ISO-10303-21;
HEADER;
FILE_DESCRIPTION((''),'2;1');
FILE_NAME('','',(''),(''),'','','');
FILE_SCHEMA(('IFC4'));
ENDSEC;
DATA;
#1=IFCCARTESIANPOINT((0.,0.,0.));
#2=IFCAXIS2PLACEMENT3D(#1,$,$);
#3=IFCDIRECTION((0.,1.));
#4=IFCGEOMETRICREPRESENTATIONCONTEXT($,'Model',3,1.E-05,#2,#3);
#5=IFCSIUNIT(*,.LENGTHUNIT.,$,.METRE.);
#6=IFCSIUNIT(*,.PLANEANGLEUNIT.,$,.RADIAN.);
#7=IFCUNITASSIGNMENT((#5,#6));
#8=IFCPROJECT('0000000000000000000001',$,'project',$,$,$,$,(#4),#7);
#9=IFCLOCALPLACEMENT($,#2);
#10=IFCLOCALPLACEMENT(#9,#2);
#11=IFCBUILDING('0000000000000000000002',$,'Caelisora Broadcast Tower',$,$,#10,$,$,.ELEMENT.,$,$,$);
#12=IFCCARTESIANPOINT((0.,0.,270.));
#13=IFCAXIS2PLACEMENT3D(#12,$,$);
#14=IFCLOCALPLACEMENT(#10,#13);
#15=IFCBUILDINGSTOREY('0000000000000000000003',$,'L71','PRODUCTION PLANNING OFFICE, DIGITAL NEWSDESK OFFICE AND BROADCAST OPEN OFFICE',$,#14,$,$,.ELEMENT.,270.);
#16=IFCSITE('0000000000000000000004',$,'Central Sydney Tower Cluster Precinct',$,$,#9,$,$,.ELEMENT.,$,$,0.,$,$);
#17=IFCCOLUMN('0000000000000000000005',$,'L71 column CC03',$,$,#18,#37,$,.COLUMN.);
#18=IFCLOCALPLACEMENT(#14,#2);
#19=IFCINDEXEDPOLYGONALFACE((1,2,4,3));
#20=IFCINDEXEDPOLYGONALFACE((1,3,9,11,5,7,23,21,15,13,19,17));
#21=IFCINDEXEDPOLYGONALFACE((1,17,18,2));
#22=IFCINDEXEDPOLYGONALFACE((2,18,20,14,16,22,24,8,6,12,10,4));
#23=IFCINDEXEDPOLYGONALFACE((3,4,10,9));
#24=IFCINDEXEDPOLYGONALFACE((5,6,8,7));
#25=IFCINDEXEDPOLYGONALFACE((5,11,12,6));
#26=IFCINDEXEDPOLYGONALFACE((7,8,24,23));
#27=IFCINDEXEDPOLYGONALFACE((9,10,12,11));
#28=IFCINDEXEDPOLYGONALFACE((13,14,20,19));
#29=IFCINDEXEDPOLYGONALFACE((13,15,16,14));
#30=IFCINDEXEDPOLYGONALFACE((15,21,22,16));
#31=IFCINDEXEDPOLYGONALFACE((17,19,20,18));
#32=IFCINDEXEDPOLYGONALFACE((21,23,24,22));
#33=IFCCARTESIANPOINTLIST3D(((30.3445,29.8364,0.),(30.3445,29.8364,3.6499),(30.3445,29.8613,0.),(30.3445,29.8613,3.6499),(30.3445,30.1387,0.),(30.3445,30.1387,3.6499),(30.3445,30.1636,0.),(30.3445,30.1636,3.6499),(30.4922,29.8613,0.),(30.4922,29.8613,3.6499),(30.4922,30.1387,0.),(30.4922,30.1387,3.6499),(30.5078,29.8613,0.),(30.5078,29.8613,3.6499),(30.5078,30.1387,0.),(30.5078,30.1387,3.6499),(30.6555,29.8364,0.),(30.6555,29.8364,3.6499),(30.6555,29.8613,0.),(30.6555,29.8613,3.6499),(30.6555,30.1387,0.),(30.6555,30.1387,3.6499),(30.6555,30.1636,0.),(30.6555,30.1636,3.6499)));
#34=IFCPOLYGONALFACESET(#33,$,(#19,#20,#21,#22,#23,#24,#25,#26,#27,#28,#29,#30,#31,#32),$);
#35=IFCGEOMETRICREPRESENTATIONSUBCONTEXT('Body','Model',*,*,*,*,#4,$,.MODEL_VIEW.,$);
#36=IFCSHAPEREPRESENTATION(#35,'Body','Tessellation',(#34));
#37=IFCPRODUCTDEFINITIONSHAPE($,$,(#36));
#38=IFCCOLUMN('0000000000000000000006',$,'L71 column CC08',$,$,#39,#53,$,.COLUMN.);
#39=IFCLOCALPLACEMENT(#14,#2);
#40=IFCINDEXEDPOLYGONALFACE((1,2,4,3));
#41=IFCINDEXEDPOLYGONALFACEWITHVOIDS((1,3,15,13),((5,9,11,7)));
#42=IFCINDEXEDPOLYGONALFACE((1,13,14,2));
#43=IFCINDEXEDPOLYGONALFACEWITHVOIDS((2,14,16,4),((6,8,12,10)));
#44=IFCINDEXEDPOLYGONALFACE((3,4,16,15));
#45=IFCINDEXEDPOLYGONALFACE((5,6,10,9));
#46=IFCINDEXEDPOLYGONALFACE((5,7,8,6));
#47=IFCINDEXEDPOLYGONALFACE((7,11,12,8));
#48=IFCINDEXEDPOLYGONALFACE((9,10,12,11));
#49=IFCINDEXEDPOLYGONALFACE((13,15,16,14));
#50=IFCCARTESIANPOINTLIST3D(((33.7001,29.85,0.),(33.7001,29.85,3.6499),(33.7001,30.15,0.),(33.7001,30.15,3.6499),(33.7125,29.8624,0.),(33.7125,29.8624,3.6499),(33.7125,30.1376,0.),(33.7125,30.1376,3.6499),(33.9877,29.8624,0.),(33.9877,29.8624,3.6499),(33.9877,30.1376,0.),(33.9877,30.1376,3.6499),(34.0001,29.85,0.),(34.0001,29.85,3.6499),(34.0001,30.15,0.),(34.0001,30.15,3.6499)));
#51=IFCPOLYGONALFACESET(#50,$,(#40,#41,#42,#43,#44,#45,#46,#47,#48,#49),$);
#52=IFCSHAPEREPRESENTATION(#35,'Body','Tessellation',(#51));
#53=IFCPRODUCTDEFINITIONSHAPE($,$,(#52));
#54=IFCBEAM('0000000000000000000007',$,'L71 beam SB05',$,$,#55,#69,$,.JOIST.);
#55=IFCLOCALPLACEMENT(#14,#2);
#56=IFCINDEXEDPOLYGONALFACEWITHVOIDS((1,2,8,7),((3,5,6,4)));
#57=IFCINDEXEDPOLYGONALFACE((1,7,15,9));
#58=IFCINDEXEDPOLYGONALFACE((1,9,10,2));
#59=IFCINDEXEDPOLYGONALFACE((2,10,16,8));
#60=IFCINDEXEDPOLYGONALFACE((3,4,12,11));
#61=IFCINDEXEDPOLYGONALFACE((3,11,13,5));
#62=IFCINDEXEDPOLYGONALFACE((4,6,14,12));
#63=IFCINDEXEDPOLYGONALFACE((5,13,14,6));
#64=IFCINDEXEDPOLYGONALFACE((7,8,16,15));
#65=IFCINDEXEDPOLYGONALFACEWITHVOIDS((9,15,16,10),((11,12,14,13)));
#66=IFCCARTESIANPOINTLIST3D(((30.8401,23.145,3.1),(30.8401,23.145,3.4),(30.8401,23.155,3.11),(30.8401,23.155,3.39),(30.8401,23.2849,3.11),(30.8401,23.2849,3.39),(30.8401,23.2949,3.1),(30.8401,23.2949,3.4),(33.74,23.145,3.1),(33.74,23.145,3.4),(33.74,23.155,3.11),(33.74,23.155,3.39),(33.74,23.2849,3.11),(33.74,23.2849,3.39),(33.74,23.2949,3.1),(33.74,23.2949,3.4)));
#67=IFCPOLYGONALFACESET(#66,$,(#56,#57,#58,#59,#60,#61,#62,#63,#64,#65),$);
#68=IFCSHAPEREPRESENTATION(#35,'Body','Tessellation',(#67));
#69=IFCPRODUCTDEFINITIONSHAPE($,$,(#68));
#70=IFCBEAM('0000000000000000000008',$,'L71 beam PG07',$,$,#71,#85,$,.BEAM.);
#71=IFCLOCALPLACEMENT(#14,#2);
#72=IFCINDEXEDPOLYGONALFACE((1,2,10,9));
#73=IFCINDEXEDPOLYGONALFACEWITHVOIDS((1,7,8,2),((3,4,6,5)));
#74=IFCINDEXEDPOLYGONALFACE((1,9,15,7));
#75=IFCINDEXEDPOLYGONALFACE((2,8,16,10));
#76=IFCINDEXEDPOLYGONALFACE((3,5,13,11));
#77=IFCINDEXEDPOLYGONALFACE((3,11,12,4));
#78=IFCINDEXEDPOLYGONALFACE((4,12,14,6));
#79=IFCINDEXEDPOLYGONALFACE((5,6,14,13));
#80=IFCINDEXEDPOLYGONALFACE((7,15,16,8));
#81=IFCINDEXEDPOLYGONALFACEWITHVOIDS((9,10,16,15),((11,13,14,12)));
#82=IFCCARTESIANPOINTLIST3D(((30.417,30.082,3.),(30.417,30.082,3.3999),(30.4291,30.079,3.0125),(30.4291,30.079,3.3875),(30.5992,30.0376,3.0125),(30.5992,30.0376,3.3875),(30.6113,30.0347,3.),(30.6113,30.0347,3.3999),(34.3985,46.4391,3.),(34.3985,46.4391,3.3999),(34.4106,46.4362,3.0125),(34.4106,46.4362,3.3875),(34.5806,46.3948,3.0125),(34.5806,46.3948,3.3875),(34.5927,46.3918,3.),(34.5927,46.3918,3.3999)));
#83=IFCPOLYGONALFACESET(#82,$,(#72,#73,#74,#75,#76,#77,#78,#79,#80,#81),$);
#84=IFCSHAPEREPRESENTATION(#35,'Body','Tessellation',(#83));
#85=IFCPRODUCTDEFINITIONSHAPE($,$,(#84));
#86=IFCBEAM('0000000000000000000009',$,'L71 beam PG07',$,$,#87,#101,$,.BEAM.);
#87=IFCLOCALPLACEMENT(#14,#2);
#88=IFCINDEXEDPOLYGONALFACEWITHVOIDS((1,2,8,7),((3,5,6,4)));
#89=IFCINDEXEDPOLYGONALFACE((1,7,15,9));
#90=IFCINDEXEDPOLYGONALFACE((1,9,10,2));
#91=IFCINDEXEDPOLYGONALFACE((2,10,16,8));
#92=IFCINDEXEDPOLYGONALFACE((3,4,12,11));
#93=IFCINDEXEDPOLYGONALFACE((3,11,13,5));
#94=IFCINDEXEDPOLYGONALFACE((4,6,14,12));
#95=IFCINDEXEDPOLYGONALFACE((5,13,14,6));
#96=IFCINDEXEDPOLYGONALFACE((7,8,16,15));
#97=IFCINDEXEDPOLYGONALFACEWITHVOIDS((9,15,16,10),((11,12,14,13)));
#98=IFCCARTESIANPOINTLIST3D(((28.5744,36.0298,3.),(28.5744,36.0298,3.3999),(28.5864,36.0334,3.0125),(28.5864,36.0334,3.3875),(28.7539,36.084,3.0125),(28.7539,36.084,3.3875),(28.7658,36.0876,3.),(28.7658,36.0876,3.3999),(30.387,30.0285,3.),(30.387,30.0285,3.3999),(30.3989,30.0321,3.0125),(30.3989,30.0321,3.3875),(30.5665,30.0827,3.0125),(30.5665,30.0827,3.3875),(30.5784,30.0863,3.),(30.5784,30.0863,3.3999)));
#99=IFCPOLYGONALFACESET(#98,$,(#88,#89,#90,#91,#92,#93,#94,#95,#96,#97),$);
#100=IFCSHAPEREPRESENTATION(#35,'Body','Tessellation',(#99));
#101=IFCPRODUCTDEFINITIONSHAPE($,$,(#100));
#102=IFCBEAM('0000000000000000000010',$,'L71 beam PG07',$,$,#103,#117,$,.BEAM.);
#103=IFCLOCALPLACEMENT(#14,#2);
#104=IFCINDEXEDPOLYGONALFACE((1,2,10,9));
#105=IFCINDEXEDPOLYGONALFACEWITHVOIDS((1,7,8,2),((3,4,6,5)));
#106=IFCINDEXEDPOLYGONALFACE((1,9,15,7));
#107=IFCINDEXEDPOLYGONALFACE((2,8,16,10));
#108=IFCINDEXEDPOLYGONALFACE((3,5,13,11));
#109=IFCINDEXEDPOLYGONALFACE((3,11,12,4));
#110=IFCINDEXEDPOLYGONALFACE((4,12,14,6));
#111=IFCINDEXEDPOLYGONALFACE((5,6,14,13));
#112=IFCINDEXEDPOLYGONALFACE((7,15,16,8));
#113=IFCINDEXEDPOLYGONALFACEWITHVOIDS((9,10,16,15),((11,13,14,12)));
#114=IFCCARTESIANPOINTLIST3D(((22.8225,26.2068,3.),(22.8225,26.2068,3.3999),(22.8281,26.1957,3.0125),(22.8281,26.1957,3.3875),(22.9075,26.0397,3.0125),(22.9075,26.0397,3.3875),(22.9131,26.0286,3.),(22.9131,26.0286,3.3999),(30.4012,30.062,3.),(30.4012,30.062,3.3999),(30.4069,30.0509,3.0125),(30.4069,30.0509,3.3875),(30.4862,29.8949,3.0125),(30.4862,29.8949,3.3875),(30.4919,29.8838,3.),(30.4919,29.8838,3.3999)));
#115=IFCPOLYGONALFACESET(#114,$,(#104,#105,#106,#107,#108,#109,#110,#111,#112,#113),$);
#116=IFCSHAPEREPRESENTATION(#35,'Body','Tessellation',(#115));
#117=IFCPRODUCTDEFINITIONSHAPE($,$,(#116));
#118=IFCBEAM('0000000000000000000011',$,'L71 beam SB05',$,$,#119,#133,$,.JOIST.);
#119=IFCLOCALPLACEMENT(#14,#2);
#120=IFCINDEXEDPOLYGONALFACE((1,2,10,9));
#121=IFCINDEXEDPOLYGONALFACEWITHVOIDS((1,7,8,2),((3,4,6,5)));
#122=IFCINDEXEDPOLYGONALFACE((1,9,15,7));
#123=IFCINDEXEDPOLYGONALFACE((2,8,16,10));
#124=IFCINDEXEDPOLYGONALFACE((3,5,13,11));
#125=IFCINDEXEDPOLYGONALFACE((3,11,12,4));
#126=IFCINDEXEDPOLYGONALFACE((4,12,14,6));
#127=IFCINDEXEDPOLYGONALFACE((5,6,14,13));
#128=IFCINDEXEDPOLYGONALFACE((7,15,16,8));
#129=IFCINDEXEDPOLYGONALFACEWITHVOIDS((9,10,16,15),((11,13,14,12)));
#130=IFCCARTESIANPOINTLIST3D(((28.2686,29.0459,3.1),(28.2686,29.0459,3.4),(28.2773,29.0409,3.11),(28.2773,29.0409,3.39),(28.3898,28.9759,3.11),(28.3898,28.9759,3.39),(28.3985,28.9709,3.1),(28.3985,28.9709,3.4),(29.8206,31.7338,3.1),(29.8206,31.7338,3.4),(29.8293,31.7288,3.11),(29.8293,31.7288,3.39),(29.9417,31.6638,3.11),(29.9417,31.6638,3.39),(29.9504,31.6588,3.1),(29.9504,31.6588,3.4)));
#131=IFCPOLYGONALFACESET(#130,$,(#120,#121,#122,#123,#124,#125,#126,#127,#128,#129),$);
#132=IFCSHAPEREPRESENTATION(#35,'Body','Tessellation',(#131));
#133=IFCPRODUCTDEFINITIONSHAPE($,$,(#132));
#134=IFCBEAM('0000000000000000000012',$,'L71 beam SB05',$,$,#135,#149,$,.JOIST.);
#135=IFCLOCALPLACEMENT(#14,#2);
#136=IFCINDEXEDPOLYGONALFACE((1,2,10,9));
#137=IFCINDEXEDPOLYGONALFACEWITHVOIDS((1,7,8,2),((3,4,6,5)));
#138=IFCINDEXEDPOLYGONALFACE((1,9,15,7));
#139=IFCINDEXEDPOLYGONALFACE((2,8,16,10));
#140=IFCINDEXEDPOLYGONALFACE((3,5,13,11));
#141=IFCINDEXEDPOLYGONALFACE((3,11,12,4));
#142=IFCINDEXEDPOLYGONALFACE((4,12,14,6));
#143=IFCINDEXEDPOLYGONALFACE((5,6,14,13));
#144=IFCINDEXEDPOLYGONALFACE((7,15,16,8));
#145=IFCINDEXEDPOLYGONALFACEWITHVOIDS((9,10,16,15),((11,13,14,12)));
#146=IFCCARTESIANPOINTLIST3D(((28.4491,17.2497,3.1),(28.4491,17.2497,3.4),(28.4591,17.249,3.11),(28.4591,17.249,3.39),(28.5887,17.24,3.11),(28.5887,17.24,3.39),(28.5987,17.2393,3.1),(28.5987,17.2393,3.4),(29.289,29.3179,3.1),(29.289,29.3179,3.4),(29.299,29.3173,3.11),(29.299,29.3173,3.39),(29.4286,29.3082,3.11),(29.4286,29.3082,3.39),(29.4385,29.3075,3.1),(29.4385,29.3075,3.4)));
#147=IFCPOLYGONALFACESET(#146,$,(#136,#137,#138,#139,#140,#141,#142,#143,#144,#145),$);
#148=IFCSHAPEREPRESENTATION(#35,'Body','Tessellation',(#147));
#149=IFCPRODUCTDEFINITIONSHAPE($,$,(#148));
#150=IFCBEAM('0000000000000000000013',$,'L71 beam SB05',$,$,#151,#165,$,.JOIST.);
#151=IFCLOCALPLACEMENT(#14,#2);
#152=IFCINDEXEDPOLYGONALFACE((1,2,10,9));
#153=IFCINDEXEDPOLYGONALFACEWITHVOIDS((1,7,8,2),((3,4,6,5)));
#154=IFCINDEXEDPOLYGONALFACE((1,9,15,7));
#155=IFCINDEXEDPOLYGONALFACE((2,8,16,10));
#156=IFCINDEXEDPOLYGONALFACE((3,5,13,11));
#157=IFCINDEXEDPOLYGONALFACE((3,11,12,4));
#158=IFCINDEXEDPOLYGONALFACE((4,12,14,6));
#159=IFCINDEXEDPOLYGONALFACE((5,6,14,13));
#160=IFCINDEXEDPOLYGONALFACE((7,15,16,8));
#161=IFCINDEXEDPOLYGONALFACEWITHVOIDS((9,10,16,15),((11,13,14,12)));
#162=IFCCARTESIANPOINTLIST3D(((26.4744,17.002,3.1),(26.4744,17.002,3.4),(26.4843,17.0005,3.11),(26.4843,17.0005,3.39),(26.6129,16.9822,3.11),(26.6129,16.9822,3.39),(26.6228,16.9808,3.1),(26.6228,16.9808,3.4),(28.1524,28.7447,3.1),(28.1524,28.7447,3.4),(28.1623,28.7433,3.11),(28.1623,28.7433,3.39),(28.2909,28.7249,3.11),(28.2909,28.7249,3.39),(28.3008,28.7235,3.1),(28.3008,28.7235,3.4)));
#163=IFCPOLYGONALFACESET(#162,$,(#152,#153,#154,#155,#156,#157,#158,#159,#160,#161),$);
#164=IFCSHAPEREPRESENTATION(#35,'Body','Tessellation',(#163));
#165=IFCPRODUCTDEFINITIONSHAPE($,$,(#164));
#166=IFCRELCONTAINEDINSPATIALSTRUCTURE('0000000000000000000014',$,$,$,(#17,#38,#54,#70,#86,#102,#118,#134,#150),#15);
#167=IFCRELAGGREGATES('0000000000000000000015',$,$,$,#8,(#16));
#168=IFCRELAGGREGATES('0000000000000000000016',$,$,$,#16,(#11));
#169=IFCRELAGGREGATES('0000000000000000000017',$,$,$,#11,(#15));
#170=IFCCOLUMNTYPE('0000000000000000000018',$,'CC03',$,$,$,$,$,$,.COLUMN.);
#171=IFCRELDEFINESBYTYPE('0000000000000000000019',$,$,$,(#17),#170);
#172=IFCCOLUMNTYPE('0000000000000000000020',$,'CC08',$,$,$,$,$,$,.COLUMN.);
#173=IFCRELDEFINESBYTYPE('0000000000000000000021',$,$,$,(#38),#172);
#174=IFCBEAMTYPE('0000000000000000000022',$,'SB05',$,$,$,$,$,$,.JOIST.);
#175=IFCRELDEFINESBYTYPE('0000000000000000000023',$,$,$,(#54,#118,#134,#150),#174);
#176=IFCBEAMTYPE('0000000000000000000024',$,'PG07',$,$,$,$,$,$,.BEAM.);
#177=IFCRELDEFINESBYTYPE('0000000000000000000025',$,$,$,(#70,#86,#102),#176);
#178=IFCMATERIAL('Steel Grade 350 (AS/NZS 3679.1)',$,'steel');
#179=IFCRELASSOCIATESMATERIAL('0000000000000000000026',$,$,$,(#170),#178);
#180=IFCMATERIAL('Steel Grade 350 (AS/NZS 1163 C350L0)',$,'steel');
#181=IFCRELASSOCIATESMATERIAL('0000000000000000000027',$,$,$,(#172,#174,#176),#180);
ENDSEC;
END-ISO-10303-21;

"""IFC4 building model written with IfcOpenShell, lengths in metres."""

from ifc_helpers import new_model, si_unit, direction, frame, origin, origin_2d, place, context, subcontext, project, spatial, hollow_rectangle, i_section, extrude, source, transform, mapped, material, material_profile, profile_set, type_object, type_shapes, element, save


model = new_model("IFC4")

# Units and contexts
model_context = context("Model", 3, precision=1e-05, world=origin(), true_north=direction((0.0, 1.0)))
body_context = subcontext(model_context, "Body", "Model", "MODEL_VIEW")
ifc_project = project(units=[si_unit("LENGTHUNIT", "METRE"), si_unit("PLANEANGLEUNIT", "RADIAN")], contexts=[model_context])

# Site, building, storey
site_placement = place(None, origin())
site = spatial("IfcSite", under=ifc_project, at=site_placement, Name="Central Sydney Tower Cluster Precinct", CompositionType="ELEMENT", RefElevation=0.0)
building_placement = place(site_placement, origin())
building = spatial("IfcBuilding", under=site, at=building_placement, Name="Caelisora Broadcast Tower", CompositionType="ELEMENT")
storey_placement = place(building_placement, frame((0.0, 0.0, 270.0)))
storey = spatial("IfcBuildingStorey", under=building, at=storey_placement, Name="L71", Description="PRODUCTION PLANNING OFFICE, DIGITAL NEWSDESK OFFICE AND BROADCAST OPEN OFFICE", CompositionType="ELEMENT", Elevation=270.0)

# Columns
ifc_material_1 = material(Name="Steel Grade 350 (AS/NZS 3679.1)", Category="steel")
ifc_material_profile_1 = material_profile(ifc_material_1, i_section(OverallWidth=0.311, OverallDepth=0.3271, WebThickness=0.0156, FlangeThickness=0.0249, at=origin_2d()), Name="Steel Grade 350 (AS/NZS 3679.1)")
ifc_profile_set_1 = profile_set([ifc_material_profile_1], Name="Steel Grade 350 (AS/NZS 3679.1)")
column_type_1 = type_object("IfcColumnType", Name="CC03", PredefinedType="COLUMN", material=ifc_profile_set_1)
shared_shape_1 = source(origin(), body_context, "Body", "SweptSolid", [
    extrude(i_section(OverallWidth=0.311, OverallDepth=0.3271, WebThickness=0.0156, FlangeThickness=0.0249, at=origin_2d()), origin(), (0.0, 0.0, 1.0), 3.6499),
])
type_shapes(column_type_1, [shared_shape_1])
column_1_placement = place(storey_placement, frame((30.5, 30.0, 0.0), z_axis=(0.0, 0.0, 1.0), x_axis=(1.0, 0.0, 0.0)))
element("IfcColumn", 1, at=column_1_placement, inside=storey, type_object=column_type_1, Name="L71 column CC03", PredefinedType="COLUMN", context=body_context, shape_type="MappedRepresentation", body=[
    mapped(shared_shape_1, transform((0.0, 0.0, 0.0), scale=1.0)),
])
ifc_material_2 = material(Name="Steel Grade 350 (AS/NZS 1163 C350L0)", Category="steel")
ifc_material_profile_2 = material_profile(ifc_material_2, hollow_rectangle(XDim=0.3, YDim=0.3, WallThickness=0.0125, at=origin_2d()), Name="Steel Grade 350 (AS/NZS 1163 C350L0)")
ifc_profile_set_2 = profile_set([ifc_material_profile_2], Name="Steel Grade 350 (AS/NZS 1163 C350L0)")
column_type_2 = type_object("IfcColumnType", Name="CC08", PredefinedType="COLUMN", material=ifc_profile_set_2)
shared_shape_2 = source(origin(), body_context, "Body", "SweptSolid", [
    extrude(hollow_rectangle(XDim=0.3, YDim=0.3, WallThickness=0.0125, at=origin_2d()), origin(), (0.0, 0.0, 1.0), 3.6499),
])
type_shapes(column_type_2, [shared_shape_2])
column_2_placement = place(storey_placement, frame((33.8501, 30.0, 0.0), z_axis=(0.0, 0.0, 1.0), x_axis=(1.0, 0.0, 0.0)))
element("IfcColumn", 2, at=column_2_placement, inside=storey, type_object=column_type_2, Name="L71 column CC08", PredefinedType="COLUMN", context=body_context, shape_type="MappedRepresentation", body=[
    mapped(shared_shape_2, transform((0.0, 0.0, 0.0), scale=1.0)),
])

# Beams
ifc_material_profile_3 = material_profile(ifc_material_2, hollow_rectangle(XDim=0.1499, YDim=0.3, WallThickness=0.01, at=origin_2d()), Name="Steel Grade 350 (AS/NZS 1163 C350L0)")
ifc_profile_set_3 = profile_set([ifc_material_profile_3], Name="Steel Grade 350 (AS/NZS 1163 C350L0)")
beam_type_1 = type_object("IfcBeamType", Name="SB05", PredefinedType="JOIST", material=ifc_profile_set_3)
shared_shape_3 = source(origin(), body_context, "Body", "SweptSolid", [
    extrude(hollow_rectangle(XDim=0.1499, YDim=0.3, WallThickness=0.01, at=origin_2d()), origin(), (0.0, 0.0, 1.0), 2.8999),
])
beam_1_placement = place(storey_placement, frame((30.8401, 23.22, 3.25), z_axis=(1.0, 0.0, 0.0), x_axis=(0.0, 1.0, 0.0)))
element("IfcBeam", 3, at=beam_1_placement, inside=storey, type_object=beam_type_1, Name="L71 beam SB05", PredefinedType="JOIST", context=body_context, shape_type="MappedRepresentation", body=[
    mapped(shared_shape_3, transform((0.0, 0.0, 0.0), scale=1.0)),
])
ifc_material_profile_4 = material_profile(ifc_material_2, hollow_rectangle(XDim=0.2, YDim=0.3999, WallThickness=0.0125, at=origin_2d()), Name="Steel Grade 350 (AS/NZS 1163 C350L0)")
ifc_profile_set_4 = profile_set([ifc_material_profile_4], Name="Steel Grade 350 (AS/NZS 1163 C350L0)")
beam_type_2 = type_object("IfcBeamType", Name="PG07", PredefinedType="BEAM", material=ifc_profile_set_4)
shared_shape_4 = source(origin(), body_context, "Body", "SweptSolid", [
    extrude(hollow_rectangle(XDim=0.2, YDim=0.3999, WallThickness=0.0125, at=origin_2d()), origin(), (0.0, 0.0, 1.0), 16.8347),
])
beam_2_placement = place(storey_placement, frame((30.5142, 30.0583, 3.2), z_axis=(0.236501, 0.971631, 0.0), x_axis=(-0.971631, 0.236501, 0.0)))
element("IfcBeam", 4, at=beam_2_placement, inside=storey, type_object=beam_type_2, Name="L71 beam PG07", PredefinedType="BEAM", context=body_context, shape_type="MappedRepresentation", body=[
    mapped(shared_shape_4, transform((0.0, 0.0, 0.0), scale=1.0)),
])
shared_shape_5 = source(origin(), body_context, "Body", "SweptSolid", [
    extrude(hollow_rectangle(XDim=0.2, YDim=0.3999, WallThickness=0.0125, at=origin_2d()), origin(), (0.0, 0.0, 1.0), 6.269),
])
beam_3_placement = place(storey_placement, frame((30.4827, 30.0574, 3.2), z_axis=(-0.289123, 0.957292, 0.0), x_axis=(-0.957292, -0.289123, 0.0)))
element("IfcBeam", 5, at=beam_3_placement, inside=storey, type_object=beam_type_2, Name="L71 beam PG07", PredefinedType="BEAM", context=body_context, shape_type="MappedRepresentation", body=[
    mapped(shared_shape_5, transform((0.0, 0.0, 0.0), scale=1.0)),
])
shared_shape_6 = source(origin(), body_context, "Body", "SweptSolid", [
    extrude(hollow_rectangle(XDim=0.2, YDim=0.3999, WallThickness=0.0125, at=origin_2d()), origin(), (0.0, 0.0, 1.0), 8.5029),
])
type_shapes(beam_type_2, [shared_shape_4, shared_shape_5, shared_shape_6])
beam_4_placement = place(storey_placement, frame((30.4465, 29.9729, 3.2), z_axis=(-0.891311, -0.453393, 0.0), x_axis=(0.453393, -0.891311, 0.0)))
element("IfcBeam", 6, at=beam_4_placement, inside=storey, type_object=beam_type_2, Name="L71 beam PG07", PredefinedType="BEAM", context=body_context, shape_type="MappedRepresentation", body=[
    mapped(shared_shape_6, transform((0.0, 0.0, 0.0), scale=1.0)),
])
shared_shape_7 = source(origin(), body_context, "Body", "SweptSolid", [
    extrude(hollow_rectangle(XDim=0.1499, YDim=0.3, WallThickness=0.01, at=origin_2d()), origin(), (0.0, 0.0, 1.0), 3.1038),
])
beam_5_placement = place(storey_placement, frame((29.8855, 31.6963, 3.25), z_axis=(-0.500022, -0.866013, 0.0), x_axis=(0.866013, -0.500022, 0.0)))
element("IfcBeam", 7, at=beam_5_placement, inside=storey, type_object=beam_type_1, Name="L71 beam SB05", PredefinedType="JOIST", context=body_context, shape_type="MappedRepresentation", body=[
    mapped(shared_shape_7, transform((0.0, 0.0, 0.0), scale=1.0)),
])
shared_shape_8 = source(origin(), body_context, "Body", "SweptSolid", [
    extrude(hollow_rectangle(XDim=0.1499, YDim=0.3, WallThickness=0.01, at=origin_2d()), origin(), (0.0, 0.0, 1.0), 12.0974),
])
beam_6_placement = place(storey_placement, frame((29.3638, 29.3127, 3.25), z_axis=(-0.069424, -0.997587, 0.0), x_axis=(0.997587, -0.069424, 0.0)))
element("IfcBeam", 8, at=beam_6_placement, inside=storey, type_object=beam_type_1, Name="L71 beam SB05", PredefinedType="JOIST", context=body_context, shape_type="MappedRepresentation", body=[
    mapped(shared_shape_8, transform((0.0, 0.0, 0.0), scale=1.0)),
])
shared_shape_9 = source(origin(), body_context, "Body", "SweptSolid", [
    extrude(hollow_rectangle(XDim=0.1499, YDim=0.3, WallThickness=0.01, at=origin_2d()), origin(), (0.0, 0.0, 1.0), 11.8621),
])
type_shapes(beam_type_1, [shared_shape_3, shared_shape_7, shared_shape_8, shared_shape_9])
beam_7_placement = place(storey_placement, frame((28.2266, 28.7341, 3.25), z_axis=(-0.141459, -0.989944, 0.0), x_axis=(0.989944, -0.141459, 0.0)))
element("IfcBeam", 9, at=beam_7_placement, inside=storey, type_object=beam_type_1, Name="L71 beam SB05", PredefinedType="JOIST", context=body_context, shape_type="MappedRepresentation", body=[
    mapped(shared_shape_9, transform((0.0, 0.0, 0.0), scale=1.0)),
])

save(model, "model.ifc")
